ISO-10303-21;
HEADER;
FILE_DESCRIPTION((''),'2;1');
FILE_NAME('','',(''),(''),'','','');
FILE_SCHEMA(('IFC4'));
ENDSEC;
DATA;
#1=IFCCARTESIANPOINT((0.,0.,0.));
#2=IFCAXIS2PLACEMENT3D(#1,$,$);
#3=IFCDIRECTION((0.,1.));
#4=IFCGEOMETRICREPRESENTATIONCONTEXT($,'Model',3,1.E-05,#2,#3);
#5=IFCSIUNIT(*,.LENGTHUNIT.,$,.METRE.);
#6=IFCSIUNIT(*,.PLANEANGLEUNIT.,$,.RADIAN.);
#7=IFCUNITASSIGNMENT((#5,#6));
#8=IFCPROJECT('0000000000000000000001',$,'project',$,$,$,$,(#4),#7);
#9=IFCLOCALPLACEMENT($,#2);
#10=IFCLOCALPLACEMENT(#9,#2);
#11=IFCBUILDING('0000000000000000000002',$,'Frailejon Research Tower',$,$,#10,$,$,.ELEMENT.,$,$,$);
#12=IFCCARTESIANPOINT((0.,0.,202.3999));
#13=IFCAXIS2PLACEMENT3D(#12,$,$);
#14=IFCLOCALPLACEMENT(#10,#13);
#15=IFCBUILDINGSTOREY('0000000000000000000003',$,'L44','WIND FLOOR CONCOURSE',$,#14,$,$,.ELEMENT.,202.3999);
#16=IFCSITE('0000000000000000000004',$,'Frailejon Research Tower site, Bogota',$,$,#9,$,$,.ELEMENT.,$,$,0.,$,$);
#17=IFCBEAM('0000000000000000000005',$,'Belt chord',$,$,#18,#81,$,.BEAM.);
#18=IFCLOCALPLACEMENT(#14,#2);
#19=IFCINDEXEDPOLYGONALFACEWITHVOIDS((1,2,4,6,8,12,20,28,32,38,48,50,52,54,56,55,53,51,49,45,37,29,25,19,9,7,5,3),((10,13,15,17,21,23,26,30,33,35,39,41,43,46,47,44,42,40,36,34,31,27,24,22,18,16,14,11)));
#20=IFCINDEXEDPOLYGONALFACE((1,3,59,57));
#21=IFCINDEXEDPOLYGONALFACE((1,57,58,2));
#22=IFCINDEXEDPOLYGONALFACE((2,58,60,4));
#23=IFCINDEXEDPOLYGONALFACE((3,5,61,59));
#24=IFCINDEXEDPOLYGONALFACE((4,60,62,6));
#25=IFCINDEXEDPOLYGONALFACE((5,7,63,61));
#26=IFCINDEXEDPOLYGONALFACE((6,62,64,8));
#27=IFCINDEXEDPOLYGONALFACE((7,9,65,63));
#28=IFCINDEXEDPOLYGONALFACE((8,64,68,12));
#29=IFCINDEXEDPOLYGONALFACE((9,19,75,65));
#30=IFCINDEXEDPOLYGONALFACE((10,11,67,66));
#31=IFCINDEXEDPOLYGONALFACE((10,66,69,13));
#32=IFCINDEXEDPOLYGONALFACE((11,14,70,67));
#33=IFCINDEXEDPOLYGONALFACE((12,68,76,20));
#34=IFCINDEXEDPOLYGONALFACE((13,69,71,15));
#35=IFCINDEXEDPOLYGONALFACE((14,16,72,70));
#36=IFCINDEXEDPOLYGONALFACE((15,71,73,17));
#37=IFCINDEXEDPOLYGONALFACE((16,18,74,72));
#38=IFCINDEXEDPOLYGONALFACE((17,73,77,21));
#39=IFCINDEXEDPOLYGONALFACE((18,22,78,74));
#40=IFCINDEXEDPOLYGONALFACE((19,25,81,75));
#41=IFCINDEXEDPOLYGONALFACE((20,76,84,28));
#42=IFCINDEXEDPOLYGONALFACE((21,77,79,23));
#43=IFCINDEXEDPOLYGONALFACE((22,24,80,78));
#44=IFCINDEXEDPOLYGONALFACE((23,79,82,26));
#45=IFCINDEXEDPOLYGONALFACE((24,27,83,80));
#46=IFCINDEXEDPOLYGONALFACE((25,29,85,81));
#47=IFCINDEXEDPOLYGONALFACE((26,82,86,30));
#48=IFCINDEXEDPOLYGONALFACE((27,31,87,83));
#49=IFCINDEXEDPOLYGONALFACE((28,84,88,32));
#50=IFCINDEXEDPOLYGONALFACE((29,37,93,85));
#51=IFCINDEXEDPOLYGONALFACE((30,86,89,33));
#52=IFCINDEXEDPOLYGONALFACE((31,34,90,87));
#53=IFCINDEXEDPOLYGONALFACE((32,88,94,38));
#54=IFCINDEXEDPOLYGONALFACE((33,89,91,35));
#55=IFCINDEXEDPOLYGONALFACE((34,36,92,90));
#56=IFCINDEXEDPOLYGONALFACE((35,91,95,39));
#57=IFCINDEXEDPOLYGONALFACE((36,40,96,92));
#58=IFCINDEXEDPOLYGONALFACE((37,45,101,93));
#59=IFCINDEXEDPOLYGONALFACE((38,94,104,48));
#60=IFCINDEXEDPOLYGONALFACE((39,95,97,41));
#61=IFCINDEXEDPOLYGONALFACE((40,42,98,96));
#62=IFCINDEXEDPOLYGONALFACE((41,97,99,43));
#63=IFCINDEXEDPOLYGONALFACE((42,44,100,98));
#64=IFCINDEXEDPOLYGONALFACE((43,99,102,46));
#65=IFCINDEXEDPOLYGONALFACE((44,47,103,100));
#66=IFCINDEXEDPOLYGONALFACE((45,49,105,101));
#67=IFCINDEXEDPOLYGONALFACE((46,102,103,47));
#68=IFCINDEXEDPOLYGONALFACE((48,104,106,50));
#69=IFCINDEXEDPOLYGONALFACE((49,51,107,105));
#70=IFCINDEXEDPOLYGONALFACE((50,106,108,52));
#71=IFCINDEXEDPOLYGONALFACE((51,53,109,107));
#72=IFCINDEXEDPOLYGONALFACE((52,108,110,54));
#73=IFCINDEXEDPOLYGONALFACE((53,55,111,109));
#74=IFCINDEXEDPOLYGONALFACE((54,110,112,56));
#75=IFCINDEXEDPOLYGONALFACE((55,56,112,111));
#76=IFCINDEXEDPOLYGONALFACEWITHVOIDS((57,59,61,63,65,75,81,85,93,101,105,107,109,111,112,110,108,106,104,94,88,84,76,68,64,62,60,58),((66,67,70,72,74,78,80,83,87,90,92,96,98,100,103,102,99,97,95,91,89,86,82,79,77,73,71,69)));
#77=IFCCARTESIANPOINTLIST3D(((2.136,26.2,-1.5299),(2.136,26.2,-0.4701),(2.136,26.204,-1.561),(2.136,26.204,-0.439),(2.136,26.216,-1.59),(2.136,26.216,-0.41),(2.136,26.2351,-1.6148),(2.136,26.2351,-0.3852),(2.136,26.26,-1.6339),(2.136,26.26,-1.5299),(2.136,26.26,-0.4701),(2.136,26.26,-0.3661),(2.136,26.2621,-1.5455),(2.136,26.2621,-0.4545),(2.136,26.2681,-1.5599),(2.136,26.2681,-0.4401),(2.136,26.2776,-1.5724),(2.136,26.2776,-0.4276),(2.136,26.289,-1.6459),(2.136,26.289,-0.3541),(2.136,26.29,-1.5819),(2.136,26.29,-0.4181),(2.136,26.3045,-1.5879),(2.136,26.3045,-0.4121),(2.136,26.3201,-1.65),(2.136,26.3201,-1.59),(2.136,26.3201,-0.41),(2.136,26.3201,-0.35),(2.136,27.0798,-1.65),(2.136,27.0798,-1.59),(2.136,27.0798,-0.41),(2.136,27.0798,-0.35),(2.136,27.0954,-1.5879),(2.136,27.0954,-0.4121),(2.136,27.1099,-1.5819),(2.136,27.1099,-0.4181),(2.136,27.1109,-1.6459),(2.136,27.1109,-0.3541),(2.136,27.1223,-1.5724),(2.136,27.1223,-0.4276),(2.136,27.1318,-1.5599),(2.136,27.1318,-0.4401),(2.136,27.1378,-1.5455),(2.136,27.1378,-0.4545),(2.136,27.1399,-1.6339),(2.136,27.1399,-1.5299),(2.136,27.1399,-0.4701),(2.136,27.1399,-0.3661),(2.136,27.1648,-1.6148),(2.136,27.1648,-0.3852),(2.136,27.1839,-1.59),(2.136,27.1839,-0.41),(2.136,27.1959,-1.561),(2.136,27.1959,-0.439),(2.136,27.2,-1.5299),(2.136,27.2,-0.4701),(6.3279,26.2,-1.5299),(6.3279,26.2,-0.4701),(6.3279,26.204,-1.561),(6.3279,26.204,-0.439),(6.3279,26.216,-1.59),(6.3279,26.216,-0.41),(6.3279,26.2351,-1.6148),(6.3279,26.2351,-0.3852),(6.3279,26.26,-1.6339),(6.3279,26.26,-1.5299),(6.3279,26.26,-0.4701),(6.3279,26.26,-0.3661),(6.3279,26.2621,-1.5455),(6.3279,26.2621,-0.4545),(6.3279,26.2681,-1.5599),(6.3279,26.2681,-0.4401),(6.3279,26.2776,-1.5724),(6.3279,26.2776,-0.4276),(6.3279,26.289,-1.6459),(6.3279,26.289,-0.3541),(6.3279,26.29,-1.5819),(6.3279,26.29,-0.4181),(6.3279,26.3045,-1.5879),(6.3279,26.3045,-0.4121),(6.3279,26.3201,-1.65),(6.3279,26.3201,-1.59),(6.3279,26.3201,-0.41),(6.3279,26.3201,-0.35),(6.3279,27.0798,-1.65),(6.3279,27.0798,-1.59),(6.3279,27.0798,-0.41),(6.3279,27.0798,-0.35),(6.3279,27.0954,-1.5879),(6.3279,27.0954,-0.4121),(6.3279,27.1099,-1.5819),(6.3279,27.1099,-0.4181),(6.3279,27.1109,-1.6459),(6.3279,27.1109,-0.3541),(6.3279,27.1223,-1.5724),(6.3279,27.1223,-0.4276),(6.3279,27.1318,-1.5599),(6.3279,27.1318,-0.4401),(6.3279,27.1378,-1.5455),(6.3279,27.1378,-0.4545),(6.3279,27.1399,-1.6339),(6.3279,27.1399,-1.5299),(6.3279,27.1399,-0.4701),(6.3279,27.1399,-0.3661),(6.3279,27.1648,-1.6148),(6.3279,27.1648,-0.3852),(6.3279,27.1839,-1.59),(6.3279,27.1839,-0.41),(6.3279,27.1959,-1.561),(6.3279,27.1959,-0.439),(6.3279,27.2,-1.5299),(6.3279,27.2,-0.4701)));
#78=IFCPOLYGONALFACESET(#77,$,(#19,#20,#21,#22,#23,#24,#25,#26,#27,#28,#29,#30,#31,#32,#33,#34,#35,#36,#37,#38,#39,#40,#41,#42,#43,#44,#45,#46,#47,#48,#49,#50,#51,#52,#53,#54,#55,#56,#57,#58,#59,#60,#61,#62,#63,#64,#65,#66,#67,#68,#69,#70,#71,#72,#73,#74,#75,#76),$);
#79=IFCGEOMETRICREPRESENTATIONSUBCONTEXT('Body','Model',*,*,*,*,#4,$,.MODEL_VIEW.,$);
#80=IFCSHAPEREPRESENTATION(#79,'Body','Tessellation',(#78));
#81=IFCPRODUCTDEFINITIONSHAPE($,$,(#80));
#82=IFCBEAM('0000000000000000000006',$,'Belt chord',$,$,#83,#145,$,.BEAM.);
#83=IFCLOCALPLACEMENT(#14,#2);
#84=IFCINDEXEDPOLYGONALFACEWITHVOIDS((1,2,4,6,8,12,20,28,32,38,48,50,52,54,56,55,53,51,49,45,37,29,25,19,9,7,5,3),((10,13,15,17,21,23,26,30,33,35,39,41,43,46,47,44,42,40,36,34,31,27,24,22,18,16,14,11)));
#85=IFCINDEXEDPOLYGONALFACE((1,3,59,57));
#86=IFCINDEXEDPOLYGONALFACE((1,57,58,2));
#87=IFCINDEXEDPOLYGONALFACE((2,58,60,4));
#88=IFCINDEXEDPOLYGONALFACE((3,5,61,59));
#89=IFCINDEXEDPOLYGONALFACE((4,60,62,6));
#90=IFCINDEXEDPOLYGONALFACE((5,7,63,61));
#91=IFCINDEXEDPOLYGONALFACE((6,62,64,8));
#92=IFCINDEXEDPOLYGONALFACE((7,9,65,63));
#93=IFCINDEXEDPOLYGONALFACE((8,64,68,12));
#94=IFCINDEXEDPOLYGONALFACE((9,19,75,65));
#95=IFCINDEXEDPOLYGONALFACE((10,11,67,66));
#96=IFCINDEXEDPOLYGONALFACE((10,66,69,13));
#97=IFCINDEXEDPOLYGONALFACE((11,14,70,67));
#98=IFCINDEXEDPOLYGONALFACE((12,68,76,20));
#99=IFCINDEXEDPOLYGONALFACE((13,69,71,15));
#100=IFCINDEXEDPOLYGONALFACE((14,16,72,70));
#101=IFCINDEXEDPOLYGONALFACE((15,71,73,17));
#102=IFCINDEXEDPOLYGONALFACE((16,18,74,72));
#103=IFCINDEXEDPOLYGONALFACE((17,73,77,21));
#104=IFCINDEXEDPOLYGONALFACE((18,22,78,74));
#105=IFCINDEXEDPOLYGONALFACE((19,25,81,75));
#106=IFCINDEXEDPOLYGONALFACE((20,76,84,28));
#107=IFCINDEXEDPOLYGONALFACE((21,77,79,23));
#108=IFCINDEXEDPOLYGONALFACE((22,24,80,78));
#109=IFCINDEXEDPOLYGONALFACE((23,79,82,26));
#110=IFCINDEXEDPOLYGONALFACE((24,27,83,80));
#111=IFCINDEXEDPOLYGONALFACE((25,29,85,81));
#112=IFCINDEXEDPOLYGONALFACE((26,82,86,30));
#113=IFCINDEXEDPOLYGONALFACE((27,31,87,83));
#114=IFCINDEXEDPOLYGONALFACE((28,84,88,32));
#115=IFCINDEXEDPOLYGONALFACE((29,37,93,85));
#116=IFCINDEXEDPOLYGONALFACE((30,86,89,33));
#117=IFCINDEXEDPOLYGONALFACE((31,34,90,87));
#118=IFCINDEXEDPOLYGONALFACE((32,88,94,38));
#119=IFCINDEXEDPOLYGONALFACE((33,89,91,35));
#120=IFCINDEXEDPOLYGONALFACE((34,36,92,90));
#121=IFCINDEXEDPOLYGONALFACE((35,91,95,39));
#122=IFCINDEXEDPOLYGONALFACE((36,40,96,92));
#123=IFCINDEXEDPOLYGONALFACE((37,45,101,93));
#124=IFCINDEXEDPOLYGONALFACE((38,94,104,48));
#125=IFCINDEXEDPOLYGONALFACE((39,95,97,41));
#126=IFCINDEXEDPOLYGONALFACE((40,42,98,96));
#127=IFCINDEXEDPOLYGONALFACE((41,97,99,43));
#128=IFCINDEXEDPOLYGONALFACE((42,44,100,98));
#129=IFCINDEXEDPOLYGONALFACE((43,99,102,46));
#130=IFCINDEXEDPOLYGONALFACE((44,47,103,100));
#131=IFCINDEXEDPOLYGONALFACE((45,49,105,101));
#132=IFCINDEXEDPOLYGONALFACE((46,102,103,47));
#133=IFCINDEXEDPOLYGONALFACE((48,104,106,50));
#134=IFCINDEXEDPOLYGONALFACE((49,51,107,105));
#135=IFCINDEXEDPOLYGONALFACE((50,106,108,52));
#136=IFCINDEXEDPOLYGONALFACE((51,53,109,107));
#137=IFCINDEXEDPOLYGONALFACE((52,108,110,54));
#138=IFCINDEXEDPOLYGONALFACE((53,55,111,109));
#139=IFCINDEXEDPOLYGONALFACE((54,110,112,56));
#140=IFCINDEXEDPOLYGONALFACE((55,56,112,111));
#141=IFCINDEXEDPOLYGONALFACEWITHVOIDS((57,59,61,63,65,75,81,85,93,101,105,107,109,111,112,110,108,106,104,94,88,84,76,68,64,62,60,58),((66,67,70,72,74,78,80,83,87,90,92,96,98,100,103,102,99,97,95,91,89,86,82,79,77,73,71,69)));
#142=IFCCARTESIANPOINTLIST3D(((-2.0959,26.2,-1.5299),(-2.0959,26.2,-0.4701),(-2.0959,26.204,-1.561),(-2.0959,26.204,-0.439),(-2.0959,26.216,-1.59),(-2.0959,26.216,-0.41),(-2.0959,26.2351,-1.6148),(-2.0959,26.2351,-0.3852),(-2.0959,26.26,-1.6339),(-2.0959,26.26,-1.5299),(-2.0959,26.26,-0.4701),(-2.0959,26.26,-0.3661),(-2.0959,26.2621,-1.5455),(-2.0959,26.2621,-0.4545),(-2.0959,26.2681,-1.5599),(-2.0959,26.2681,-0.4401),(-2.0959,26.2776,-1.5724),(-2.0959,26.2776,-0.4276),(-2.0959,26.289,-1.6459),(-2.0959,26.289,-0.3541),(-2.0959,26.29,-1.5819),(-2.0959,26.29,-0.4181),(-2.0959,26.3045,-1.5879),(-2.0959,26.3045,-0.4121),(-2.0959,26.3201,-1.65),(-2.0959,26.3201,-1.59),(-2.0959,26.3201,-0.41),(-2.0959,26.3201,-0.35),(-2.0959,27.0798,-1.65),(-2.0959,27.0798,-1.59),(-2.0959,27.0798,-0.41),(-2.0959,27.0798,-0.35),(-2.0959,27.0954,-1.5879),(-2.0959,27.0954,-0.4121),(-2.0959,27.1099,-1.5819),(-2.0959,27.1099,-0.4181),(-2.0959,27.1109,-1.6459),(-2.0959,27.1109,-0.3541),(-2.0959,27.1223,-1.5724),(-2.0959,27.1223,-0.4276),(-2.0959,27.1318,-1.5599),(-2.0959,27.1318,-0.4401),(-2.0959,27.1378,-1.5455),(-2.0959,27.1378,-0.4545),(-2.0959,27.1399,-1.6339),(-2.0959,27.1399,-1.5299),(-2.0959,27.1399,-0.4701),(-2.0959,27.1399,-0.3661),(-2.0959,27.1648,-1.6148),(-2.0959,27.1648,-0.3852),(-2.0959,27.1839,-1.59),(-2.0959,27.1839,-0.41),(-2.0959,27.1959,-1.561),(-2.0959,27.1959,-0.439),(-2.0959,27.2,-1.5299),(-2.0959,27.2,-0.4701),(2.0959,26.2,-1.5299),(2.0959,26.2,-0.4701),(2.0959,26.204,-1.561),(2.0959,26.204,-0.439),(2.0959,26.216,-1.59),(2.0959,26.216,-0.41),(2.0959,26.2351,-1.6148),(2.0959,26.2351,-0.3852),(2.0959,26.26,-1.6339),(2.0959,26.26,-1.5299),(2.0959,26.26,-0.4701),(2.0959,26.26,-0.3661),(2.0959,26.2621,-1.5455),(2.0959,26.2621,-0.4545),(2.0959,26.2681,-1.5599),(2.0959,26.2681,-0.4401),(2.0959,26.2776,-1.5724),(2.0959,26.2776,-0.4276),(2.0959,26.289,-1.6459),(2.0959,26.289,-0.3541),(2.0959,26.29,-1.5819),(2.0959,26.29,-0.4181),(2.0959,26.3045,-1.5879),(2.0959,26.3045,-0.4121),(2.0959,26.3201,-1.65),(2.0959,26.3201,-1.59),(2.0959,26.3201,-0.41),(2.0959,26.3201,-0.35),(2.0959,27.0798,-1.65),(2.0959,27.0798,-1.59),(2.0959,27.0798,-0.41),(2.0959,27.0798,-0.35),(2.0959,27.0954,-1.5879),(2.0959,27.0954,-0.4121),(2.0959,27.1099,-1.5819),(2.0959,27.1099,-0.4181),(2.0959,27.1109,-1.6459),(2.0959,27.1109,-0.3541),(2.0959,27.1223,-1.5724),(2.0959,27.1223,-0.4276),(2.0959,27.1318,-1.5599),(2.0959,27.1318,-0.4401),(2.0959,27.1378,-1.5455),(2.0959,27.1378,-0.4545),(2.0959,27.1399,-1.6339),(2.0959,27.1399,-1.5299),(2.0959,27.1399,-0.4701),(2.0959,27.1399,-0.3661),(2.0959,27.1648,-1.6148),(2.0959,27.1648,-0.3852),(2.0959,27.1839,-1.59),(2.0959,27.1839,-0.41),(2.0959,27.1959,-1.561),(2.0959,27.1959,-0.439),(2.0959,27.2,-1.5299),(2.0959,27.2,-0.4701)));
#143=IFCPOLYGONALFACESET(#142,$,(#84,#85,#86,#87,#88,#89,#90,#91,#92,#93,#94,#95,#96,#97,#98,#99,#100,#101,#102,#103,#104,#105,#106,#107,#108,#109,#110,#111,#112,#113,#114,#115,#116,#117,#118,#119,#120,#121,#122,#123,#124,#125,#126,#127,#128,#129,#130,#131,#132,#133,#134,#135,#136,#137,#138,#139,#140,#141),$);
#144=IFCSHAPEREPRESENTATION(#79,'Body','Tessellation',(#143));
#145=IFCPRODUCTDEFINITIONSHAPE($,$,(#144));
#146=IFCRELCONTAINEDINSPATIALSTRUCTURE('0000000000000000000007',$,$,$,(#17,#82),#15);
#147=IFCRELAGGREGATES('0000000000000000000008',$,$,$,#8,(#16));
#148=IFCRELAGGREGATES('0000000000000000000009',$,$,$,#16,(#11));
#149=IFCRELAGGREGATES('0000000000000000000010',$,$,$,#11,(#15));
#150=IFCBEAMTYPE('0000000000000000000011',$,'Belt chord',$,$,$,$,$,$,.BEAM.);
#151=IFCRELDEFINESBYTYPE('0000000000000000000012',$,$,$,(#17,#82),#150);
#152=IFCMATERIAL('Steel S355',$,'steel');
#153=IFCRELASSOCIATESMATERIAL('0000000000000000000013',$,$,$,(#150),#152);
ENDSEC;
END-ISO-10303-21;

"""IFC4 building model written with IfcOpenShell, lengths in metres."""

from ifc_helpers import new_model, si_unit, direction, frame, origin, origin_2d, place, context, subcontext, project, spatial, hollow_rectangle, extrude, material, material_profile, profile_set, type_object, element, save


model = new_model("IFC4")

# Units and contexts
model_context = context("Model", 3, precision=1e-05, world=origin(), true_north=direction((0.0, 1.0)))
body_context = subcontext(model_context, "Body", "Model", "MODEL_VIEW")
ifc_project = project(units=[si_unit("LENGTHUNIT", "METRE"), si_unit("PLANEANGLEUNIT", "RADIAN")], contexts=[model_context])

# Site, building, storey
site_placement = place(None, origin())
site = spatial("IfcSite", under=ifc_project, at=site_placement, Name="Frailejon Research Tower site, Bogota", CompositionType="ELEMENT", RefElevation=0.0)
building_placement = place(site_placement, origin())
building = spatial("IfcBuilding", under=site, at=building_placement, Name="Frailejon Research Tower", CompositionType="ELEMENT")
storey_placement = place(building_placement, frame((0.0, 0.0, 202.3999)))
storey = spatial("IfcBuildingStorey", under=building, at=storey_placement, Name="L44", Description="WIND FLOOR CONCOURSE", CompositionType="ELEMENT", Elevation=202.3999)

# Beams
ifc_material_1 = material(Name="Steel S355", Category="steel")
ifc_material_profile_1 = material_profile(ifc_material_1, hollow_rectangle(XDim=1.0, YDim=1.3, WallThickness=0.0601, InnerFilletRadius=0.0601, OuterFilletRadius=0.1201, at=origin_2d()), Name="Belt chord")
ifc_profile_set_1 = profile_set([ifc_material_profile_1], Name="Steel S355")
beam_type_1 = type_object("IfcBeamType", Name="Belt chord", PredefinedType="BEAM", material=ifc_profile_set_1)
for number, where, z_axis, x_axis, name in (
    (1, (6.3279, 26.7, -1.0), (-1.0, 0.0, 0.0), (0.0, -1.0, 0.0), "Belt chord"),
    (2, (2.0959, 26.7, -1.0), (-1.0, 0.0, 0.0), (0.0, -1.0, 0.0), "Belt chord"),
):
    element("IfcBeam", number, at=place(storey_placement, frame(where, z_axis=z_axis, x_axis=x_axis)), inside=storey, type_object=beam_type_1, Name=name, PredefinedType="BEAM", context=body_context, shape_type="SweptSolid", body=[
        extrude(hollow_rectangle(XDim=1.0, YDim=1.3, WallThickness=0.0601, InnerFilletRadius=0.0601, OuterFilletRadius=0.1201, at=origin_2d()), origin(), (0.0, 0.0, 1.0), 4.1919),
    ])

save(model, "model.ifc")
